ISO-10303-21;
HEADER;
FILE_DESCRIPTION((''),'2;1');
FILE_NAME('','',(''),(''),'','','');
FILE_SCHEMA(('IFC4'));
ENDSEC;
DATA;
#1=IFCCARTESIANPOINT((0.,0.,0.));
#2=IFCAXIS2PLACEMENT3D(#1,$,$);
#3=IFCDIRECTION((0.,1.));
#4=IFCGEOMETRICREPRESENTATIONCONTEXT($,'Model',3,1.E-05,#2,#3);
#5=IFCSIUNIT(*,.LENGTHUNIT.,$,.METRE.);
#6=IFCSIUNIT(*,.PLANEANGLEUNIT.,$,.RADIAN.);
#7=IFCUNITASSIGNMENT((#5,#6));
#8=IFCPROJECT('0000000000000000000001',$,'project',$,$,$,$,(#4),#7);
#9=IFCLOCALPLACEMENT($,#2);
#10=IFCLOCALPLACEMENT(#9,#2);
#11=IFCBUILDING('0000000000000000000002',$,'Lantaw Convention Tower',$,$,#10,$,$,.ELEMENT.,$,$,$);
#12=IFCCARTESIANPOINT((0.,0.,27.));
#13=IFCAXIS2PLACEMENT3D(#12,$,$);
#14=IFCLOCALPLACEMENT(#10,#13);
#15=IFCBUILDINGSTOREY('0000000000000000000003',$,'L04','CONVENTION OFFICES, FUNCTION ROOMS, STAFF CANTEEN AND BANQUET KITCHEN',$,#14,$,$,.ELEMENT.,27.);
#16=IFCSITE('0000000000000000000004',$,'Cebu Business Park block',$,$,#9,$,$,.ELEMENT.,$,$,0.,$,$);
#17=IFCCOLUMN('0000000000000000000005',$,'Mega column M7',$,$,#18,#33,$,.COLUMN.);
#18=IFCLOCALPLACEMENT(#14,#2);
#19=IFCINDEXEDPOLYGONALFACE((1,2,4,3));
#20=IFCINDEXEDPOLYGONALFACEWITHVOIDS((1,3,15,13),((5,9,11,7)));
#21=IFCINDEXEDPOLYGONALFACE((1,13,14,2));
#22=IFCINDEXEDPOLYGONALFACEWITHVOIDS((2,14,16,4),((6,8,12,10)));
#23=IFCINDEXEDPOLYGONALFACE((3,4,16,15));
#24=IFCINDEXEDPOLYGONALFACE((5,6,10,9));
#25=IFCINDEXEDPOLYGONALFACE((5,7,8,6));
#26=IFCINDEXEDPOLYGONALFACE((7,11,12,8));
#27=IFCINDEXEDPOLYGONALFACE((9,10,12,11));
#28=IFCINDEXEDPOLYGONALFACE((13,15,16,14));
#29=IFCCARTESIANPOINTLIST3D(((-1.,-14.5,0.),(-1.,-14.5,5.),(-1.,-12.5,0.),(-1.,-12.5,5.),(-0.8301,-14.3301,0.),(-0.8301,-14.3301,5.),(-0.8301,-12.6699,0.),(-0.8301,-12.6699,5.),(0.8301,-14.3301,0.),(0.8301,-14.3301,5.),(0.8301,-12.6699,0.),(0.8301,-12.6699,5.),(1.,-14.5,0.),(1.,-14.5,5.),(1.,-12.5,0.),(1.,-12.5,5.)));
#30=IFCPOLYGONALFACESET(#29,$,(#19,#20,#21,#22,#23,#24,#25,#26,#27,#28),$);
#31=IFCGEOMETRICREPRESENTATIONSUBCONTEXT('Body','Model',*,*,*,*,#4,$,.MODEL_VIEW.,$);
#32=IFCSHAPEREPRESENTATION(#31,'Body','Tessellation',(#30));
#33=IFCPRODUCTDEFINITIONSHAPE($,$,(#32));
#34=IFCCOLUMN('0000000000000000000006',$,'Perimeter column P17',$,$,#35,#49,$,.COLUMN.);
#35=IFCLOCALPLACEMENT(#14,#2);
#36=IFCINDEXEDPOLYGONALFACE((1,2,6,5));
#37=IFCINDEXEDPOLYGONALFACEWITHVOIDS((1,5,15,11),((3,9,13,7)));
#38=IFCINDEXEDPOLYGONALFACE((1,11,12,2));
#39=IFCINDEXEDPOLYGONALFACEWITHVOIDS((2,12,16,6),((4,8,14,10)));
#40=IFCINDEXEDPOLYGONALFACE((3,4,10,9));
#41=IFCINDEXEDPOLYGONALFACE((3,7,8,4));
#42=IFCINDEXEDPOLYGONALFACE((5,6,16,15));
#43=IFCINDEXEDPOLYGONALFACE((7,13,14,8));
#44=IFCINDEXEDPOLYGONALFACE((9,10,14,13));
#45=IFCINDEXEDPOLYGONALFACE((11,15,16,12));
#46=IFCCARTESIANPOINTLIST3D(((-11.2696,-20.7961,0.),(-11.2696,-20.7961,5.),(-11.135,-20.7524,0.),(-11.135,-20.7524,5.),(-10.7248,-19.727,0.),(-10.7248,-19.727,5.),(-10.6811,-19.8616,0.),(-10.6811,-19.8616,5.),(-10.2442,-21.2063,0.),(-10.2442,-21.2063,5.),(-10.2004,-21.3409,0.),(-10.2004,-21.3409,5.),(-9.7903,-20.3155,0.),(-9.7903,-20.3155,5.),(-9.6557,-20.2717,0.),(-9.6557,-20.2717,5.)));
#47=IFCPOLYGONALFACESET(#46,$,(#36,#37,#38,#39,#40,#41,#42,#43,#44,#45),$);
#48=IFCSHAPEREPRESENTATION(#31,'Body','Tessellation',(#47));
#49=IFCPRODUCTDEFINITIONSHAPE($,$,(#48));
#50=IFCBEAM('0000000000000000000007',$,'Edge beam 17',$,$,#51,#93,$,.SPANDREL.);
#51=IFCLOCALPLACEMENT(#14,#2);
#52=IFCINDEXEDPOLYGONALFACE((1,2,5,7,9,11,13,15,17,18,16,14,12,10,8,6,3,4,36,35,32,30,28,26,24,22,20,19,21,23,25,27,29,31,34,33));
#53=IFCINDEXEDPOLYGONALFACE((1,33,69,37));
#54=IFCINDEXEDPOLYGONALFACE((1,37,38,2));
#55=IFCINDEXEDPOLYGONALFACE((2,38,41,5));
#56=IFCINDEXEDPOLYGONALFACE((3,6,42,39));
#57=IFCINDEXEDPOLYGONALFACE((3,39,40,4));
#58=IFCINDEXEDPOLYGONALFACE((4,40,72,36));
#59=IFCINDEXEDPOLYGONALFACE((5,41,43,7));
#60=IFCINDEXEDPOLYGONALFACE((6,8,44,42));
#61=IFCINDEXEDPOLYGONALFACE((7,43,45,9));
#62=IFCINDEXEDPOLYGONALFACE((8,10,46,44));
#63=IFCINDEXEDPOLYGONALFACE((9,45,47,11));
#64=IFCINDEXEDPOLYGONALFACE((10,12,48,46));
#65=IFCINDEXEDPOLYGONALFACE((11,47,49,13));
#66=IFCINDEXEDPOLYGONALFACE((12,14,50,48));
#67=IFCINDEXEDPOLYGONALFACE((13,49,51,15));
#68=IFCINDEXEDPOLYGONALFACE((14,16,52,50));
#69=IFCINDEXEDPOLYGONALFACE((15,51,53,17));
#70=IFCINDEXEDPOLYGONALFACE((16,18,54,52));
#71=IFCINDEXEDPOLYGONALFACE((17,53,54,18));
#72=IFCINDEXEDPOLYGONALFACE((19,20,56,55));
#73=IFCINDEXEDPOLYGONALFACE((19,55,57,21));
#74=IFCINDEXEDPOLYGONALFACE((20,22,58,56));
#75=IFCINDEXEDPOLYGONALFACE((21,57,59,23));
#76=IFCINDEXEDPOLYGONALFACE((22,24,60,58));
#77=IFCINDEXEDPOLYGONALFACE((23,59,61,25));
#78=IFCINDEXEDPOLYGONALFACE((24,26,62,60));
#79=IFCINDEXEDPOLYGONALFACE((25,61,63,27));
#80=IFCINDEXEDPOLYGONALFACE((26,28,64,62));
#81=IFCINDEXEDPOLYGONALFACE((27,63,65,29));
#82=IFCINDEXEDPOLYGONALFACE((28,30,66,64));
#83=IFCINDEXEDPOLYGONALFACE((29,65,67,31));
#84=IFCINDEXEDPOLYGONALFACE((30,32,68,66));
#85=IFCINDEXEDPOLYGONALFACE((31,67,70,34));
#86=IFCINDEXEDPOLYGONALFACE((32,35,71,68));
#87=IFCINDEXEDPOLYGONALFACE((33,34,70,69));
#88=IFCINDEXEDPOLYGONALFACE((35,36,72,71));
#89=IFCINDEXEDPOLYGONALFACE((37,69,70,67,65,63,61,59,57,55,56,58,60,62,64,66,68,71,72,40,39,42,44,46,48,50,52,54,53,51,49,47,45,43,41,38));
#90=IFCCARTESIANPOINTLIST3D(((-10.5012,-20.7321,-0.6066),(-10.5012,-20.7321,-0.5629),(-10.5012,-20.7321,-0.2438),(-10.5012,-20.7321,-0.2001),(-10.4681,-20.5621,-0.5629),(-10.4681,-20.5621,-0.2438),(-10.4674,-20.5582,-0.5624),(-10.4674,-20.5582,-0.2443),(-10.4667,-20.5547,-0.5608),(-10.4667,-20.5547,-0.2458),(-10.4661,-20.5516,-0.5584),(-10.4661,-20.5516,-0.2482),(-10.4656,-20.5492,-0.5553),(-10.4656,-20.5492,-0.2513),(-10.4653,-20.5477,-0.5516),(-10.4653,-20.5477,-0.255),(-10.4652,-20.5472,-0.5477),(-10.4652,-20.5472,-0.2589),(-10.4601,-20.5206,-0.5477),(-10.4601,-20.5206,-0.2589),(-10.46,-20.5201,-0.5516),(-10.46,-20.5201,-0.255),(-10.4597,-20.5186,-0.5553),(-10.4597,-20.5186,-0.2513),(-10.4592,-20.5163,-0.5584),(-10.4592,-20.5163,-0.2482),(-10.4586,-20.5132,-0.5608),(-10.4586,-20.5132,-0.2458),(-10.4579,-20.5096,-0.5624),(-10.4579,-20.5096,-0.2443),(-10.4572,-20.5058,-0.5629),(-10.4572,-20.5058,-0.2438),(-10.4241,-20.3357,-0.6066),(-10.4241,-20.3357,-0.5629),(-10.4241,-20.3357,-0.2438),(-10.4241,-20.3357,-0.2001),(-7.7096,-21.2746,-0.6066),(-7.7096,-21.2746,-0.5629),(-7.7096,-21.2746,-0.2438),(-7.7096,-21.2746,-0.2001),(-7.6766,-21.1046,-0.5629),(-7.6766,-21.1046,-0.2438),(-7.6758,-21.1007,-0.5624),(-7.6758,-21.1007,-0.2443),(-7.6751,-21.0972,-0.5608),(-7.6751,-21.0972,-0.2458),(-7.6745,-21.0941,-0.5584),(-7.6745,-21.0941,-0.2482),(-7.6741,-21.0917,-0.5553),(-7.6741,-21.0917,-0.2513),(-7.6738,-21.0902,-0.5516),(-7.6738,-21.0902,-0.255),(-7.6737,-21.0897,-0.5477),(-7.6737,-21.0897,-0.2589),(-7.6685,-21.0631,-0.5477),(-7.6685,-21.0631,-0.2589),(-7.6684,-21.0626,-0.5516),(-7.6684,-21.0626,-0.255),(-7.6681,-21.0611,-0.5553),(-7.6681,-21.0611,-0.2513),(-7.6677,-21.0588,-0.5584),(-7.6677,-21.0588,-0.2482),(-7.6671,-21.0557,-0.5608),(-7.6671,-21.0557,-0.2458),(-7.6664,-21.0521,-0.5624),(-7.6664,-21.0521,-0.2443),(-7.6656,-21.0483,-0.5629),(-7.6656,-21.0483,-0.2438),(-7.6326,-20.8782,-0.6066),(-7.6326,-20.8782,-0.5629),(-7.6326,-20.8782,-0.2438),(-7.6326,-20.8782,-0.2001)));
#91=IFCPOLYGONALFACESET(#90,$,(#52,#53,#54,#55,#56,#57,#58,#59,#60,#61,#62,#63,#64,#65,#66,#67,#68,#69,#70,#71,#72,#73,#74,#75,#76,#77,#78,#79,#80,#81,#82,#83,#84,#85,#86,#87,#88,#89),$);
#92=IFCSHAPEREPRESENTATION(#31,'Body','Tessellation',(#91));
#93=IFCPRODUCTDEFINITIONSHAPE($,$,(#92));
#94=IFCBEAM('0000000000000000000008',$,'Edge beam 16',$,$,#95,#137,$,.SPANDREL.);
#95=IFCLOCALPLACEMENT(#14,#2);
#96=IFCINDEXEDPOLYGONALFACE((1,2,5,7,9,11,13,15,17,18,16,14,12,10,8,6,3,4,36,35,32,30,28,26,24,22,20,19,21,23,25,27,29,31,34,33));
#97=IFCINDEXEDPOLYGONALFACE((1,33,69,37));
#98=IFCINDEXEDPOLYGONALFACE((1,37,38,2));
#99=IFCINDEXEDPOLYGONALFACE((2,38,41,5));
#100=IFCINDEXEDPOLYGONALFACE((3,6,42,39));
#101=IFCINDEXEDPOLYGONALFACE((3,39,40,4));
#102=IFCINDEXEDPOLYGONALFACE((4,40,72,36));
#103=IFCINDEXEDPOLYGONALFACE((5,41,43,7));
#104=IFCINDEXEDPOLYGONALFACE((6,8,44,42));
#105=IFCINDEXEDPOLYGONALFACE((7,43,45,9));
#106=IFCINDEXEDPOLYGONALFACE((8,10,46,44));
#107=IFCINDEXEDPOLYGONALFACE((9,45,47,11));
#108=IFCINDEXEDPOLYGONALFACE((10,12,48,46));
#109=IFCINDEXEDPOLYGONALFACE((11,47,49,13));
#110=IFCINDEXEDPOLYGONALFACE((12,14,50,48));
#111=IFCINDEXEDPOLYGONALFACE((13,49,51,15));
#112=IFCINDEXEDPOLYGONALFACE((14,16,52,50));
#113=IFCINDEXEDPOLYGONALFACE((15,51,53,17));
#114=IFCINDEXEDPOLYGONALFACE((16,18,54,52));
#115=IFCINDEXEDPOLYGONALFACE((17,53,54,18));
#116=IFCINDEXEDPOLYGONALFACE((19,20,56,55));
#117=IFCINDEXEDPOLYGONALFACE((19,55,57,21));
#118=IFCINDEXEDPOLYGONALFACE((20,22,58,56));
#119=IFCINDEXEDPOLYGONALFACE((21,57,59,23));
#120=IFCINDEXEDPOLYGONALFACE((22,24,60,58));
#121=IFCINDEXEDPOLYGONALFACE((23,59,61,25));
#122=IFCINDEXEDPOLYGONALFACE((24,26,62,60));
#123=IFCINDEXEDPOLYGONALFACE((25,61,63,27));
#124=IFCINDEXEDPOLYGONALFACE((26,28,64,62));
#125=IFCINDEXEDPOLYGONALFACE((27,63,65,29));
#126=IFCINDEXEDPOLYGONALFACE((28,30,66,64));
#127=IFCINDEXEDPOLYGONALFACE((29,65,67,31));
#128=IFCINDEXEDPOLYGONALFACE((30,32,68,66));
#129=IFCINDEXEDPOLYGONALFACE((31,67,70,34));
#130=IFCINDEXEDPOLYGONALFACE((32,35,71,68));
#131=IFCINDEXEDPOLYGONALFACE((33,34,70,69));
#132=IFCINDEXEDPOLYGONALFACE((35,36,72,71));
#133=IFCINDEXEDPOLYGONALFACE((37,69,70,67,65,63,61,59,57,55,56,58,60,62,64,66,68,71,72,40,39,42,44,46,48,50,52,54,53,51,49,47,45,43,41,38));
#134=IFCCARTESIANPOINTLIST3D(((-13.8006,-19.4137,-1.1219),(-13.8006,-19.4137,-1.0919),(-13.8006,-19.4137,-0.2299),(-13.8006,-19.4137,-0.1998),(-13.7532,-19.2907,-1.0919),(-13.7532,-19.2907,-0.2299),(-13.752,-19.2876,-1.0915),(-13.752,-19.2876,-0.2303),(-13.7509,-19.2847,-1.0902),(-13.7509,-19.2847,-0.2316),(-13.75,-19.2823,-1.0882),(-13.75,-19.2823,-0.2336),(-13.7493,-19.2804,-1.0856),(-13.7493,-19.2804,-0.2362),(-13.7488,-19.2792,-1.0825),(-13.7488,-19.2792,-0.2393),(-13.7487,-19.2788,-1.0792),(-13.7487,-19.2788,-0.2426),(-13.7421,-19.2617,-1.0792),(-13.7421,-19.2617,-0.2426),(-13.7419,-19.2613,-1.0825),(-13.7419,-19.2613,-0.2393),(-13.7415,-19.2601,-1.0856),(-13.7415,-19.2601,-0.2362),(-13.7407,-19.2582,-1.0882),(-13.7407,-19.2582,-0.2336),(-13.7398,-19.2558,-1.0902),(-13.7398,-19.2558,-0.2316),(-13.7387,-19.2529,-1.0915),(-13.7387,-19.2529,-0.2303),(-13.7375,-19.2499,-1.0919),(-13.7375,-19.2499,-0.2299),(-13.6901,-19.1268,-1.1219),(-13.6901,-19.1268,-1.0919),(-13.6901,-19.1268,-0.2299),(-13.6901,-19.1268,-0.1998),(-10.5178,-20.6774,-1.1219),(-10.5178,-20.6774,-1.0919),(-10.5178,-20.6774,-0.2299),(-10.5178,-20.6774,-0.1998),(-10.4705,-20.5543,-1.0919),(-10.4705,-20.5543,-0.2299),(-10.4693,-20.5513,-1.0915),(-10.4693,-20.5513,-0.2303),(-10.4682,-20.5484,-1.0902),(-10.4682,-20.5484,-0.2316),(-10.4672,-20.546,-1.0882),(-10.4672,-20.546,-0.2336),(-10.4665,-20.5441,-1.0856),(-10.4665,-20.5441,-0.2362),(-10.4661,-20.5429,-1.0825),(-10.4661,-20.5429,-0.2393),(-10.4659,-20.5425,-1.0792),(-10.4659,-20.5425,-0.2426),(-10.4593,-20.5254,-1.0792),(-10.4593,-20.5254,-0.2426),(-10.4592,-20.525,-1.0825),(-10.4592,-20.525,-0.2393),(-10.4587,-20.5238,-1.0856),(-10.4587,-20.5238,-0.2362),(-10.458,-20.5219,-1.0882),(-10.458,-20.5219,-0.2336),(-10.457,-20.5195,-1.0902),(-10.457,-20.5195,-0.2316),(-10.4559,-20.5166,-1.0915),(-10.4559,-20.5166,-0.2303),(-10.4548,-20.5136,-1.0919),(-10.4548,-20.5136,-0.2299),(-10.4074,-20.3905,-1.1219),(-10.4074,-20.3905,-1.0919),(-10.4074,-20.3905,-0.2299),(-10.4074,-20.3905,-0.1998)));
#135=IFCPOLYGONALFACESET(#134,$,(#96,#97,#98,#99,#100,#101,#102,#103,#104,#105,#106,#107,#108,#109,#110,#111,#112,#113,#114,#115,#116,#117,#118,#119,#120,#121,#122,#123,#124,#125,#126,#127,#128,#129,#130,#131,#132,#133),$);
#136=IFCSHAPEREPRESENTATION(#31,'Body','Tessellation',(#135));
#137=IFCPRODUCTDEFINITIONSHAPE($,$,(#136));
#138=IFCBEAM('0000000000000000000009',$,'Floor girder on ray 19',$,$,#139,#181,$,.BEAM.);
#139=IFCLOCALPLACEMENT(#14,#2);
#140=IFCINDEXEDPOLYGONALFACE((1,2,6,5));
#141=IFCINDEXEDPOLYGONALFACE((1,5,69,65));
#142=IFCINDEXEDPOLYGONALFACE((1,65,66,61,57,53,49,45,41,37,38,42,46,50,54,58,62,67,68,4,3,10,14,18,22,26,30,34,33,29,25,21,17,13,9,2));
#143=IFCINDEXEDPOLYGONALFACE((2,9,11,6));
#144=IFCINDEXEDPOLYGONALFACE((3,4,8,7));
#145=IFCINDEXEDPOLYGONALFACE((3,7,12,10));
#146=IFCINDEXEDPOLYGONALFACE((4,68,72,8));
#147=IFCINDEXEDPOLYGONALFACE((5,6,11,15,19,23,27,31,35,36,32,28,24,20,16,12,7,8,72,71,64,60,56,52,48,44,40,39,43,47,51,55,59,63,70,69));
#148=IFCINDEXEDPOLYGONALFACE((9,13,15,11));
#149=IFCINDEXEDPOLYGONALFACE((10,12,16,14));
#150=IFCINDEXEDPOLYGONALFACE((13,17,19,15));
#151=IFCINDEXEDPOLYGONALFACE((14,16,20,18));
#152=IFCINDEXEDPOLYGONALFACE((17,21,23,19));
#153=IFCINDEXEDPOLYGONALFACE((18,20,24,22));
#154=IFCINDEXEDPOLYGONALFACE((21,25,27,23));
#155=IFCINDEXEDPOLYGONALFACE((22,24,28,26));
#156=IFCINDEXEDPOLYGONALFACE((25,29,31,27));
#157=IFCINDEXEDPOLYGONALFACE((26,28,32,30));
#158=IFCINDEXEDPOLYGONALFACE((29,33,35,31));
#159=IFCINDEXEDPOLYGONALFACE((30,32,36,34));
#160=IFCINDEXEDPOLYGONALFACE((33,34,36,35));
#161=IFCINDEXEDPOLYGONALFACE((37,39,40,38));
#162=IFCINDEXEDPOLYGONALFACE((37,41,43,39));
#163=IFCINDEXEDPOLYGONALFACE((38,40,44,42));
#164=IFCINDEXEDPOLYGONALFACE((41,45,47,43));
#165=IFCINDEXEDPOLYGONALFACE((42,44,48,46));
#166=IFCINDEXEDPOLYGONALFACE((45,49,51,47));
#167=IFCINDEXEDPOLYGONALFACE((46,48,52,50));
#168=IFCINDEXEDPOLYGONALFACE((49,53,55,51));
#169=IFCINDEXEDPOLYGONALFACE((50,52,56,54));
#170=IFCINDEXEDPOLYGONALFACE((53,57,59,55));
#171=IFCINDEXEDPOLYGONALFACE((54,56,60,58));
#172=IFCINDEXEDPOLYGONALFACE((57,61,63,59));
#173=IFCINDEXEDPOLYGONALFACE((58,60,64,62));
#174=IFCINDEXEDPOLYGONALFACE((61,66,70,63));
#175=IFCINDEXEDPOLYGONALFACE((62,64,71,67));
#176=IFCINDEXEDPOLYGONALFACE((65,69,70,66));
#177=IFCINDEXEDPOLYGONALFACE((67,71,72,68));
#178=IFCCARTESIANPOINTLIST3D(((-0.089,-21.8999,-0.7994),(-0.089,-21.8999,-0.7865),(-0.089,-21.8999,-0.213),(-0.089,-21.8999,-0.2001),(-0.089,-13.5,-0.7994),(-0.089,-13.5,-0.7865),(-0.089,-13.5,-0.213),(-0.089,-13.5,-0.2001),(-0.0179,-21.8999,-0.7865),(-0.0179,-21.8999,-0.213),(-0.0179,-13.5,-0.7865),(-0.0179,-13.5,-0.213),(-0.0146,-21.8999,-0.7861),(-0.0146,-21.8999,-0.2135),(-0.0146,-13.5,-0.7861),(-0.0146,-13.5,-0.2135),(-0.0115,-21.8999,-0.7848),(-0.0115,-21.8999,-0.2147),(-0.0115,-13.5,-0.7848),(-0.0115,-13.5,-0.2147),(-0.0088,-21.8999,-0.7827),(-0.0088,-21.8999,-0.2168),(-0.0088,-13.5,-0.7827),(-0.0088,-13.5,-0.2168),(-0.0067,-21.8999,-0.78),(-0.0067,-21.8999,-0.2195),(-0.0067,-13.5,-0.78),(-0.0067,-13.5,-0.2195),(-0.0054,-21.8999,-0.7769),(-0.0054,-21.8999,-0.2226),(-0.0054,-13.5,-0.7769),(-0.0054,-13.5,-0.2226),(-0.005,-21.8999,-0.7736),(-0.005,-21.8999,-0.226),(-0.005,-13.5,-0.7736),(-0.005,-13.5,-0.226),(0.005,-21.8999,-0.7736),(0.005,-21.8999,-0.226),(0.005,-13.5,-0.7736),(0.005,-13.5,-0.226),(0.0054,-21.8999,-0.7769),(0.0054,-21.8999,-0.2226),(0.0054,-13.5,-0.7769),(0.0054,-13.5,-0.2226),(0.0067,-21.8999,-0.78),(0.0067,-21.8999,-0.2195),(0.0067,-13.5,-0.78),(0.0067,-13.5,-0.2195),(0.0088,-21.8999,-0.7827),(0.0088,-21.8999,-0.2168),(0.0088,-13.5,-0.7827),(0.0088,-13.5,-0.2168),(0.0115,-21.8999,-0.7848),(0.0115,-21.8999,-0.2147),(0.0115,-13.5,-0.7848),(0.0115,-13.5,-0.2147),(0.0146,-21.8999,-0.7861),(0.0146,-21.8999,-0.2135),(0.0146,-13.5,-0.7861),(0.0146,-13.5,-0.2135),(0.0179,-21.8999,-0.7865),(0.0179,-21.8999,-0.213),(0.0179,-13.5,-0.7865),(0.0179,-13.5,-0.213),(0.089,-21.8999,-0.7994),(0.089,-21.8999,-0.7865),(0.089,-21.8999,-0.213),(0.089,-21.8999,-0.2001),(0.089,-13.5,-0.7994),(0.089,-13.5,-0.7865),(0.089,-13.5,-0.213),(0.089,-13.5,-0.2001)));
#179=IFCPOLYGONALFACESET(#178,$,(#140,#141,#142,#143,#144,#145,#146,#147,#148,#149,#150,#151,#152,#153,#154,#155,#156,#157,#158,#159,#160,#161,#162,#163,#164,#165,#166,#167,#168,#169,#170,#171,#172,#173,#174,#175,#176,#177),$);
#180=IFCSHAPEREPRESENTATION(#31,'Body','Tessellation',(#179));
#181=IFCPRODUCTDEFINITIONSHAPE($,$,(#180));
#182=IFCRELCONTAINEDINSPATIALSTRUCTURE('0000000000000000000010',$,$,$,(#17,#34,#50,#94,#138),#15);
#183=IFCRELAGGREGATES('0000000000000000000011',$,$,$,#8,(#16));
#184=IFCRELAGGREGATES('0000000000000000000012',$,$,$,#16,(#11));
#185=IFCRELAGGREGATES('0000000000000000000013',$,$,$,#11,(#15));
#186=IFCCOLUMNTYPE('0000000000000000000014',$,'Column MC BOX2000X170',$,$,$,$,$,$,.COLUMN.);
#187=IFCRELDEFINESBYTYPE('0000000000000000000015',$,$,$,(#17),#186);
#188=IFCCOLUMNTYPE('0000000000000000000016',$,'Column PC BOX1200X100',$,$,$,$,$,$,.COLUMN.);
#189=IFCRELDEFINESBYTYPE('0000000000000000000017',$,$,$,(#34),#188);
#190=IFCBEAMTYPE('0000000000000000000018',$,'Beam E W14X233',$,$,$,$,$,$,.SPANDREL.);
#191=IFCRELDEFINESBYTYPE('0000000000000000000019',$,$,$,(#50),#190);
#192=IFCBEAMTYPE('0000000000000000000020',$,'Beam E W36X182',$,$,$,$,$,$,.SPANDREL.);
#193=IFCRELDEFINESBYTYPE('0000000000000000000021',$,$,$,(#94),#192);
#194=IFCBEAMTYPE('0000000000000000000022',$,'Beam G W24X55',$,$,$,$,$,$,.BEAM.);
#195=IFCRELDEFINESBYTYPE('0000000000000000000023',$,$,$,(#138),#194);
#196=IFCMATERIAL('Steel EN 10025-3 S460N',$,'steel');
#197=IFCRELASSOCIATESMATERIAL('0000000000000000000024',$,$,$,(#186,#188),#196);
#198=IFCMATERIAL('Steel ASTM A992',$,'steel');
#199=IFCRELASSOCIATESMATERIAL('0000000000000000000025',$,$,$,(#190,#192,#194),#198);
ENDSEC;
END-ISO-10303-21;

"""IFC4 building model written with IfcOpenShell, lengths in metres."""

from ifc_helpers import new_model, si_unit, direction, frame, origin, origin_2d, place, context, subcontext, project, spatial, rectangle, hollow_rectangle, i_section, extrude, material, material_profile, profile_set, type_object, element, save


model = new_model("IFC4")

# Units and contexts
model_context = context("Model", 3, precision=1e-05, world=origin(), true_north=direction((0.0, 1.0)))
body_context = subcontext(model_context, "Body", "Model", "MODEL_VIEW")
ifc_project = project(units=[si_unit("LENGTHUNIT", "METRE"), si_unit("PLANEANGLEUNIT", "RADIAN")], contexts=[model_context])

# Site, building, storey
site_placement = place(None, origin())
site = spatial("IfcSite", under=ifc_project, at=site_placement, Name="Cebu Business Park block", CompositionType="ELEMENT", RefElevation=0.0)
building_placement = place(site_placement, origin())
building = spatial("IfcBuilding", under=site, at=building_placement, Name="Lantaw Convention Tower", CompositionType="ELEMENT")
storey_placement = place(building_placement, frame((0.0, 0.0, 27.0)))
storey = spatial("IfcBuildingStorey", under=building, at=storey_placement, Name="L04", Description="CONVENTION OFFICES, FUNCTION ROOMS, STAFF CANTEEN AND BANQUET KITCHEN", CompositionType="ELEMENT", Elevation=27.0)

# Columns
ifc_material_1 = material(Name="Steel EN 10025-3 S460N", Category="steel")
ifc_material_profile_1 = material_profile(ifc_material_1, hollow_rectangle(XDim=2.0, YDim=2.0, WallThickness=0.1699, at=origin_2d()), Name="BOX2000X170")
ifc_material_2 = material(Name="Concrete C60/75", Category="concrete")
ifc_material_profile_2 = material_profile(ifc_material_2, rectangle(XDim=1.6599, YDim=1.6599, at=origin_2d()), Name="Concrete fill of BOX2000X170")
ifc_profile_set_1 = profile_set([ifc_material_profile_1, ifc_material_profile_2], Name="Steel EN 10025-3 S460N")
column_type_1 = type_object("IfcColumnType", Name="Column MC BOX2000X170", PredefinedType="COLUMN", material=ifc_profile_set_1)
column_1_placement = place(storey_placement, frame((0.0, -13.5, 0.0), z_axis=(0.0, 0.0, 1.0), x_axis=(1.0, 0.0, 0.0)))
element("IfcColumn", 1, at=column_1_placement, inside=storey, type_object=column_type_1, Name="Mega column M7", PredefinedType="COLUMN", context=body_context, shape_type="SweptSolid", body=[
    extrude(hollow_rectangle(XDim=2.0, YDim=2.0, WallThickness=0.1699, at=origin_2d()), origin(), (0.0, 0.0, 1.0), 5.0),
])
ifc_material_profile_3 = material_profile(ifc_material_1, hollow_rectangle(XDim=1.2, YDim=1.2, WallThickness=0.1001, at=origin_2d()), Name="BOX1200X100")
ifc_material_profile_4 = material_profile(ifc_material_2, rectangle(XDim=1.0, YDim=1.0, at=origin_2d()), Name="Concrete fill of BOX1200X100")
ifc_profile_set_2 = profile_set([ifc_material_profile_3, ifc_material_profile_4], Name="Steel EN 10025-3 S460N")
column_type_2 = type_object("IfcColumnType", Name="Column PC BOX1200X100", PredefinedType="COLUMN", material=ifc_profile_set_2)
column_2_placement = place(storey_placement, frame((-10.4626, -20.5339, 0.0), z_axis=(0.0, 0.0, 1.0), x_axis=(0.45399, 0.891007, 0.0)))
element("IfcColumn", 2, at=column_2_placement, inside=storey, type_object=column_type_2, Name="Perimeter column P17", PredefinedType="COLUMN", context=body_context, shape_type="SweptSolid", body=[
    extrude(hollow_rectangle(XDim=1.2, YDim=1.2, WallThickness=0.1001, at=origin_2d()), origin(), (0.0, 0.0, 1.0), 5.0),
])

# Beams
ifc_material_3 = material(Name="Steel ASTM A992", Category="steel")
ifc_material_profile_5 = material_profile(ifc_material_3, i_section(OverallWidth=0.4038, OverallDepth=0.4065, WebThickness=0.0271, FlangeThickness=0.0437, FilletRadius=0.0151, at=origin_2d()), Name="W14X233")
ifc_profile_set_3 = profile_set([ifc_material_profile_5], Name="Steel ASTM A992")
beam_type_1 = type_object("IfcBeamType", Name="Beam E W14X233", PredefinedType="SPANDREL", material=ifc_profile_set_3)
beam_1_placement = place(storey_placement, frame((-10.4626, -20.5339, -0.4033), z_axis=(0.981636, -0.190764, 0.0), x_axis=(0.190764, 0.981636, 0.0)))
element("IfcBeam", 3, at=beam_1_placement, inside=storey, type_object=beam_type_1, Name="Edge beam 17", PredefinedType="SPANDREL", context=body_context, shape_type="SweptSolid", body=[
    extrude(i_section(OverallWidth=0.4038, OverallDepth=0.4065, WebThickness=0.0271, FlangeThickness=0.0437, FilletRadius=0.0151, at=origin_2d()), origin(), (0.0, 0.0, 1.0), 2.8438),
])
ifc_material_profile_6 = material_profile(ifc_material_3, i_section(OverallWidth=0.3074, OverallDepth=0.9221, WebThickness=0.0183, FlangeThickness=0.03, FilletRadius=0.0127, at=origin_2d()), Name="W36X182")
ifc_profile_set_4 = profile_set([ifc_material_profile_6], Name="Steel ASTM A992")
beam_type_2 = type_object("IfcBeamType", Name="Beam E W36X182", PredefinedType="SPANDREL", material=ifc_profile_set_4)
beam_2_placement = place(storey_placement, frame((-13.7454, -19.2703, -0.6609), z_axis=(0.933242, -0.359249, 0.0), x_axis=(0.359249, 0.933242, 0.0)))
element("IfcBeam", 4, at=beam_2_placement, inside=storey, type_object=beam_type_2, Name="Edge beam 16", PredefinedType="SPANDREL", context=body_context, shape_type="SweptSolid", body=[
    extrude(i_section(OverallWidth=0.3074, OverallDepth=0.9221, WebThickness=0.0183, FlangeThickness=0.03, FilletRadius=0.0127, at=origin_2d()), origin(), (0.0, 0.0, 1.0), 3.5176),
])
ifc_material_profile_7 = material_profile(ifc_material_3, i_section(OverallWidth=0.178, OverallDepth=0.5994, WebThickness=0.01, FlangeThickness=0.0129, FilletRadius=0.0129, at=origin_2d()), Name="W24X55")
ifc_profile_set_5 = profile_set([ifc_material_profile_7], Name="Steel ASTM A992")
beam_type_3 = type_object("IfcBeamType", Name="Beam G W24X55", PredefinedType="BEAM", material=ifc_profile_set_5)
beam_3_placement = place(storey_placement, frame((0.0, -13.5, -0.4998), z_axis=(0.0, -1.0, 0.0), x_axis=(1.0, 0.0, 0.0)))
element("IfcBeam", 5, at=beam_3_placement, inside=storey, type_object=beam_type_3, Name="Floor girder on ray 19", PredefinedType="BEAM", context=body_context, shape_type="SweptSolid", body=[
    extrude(i_section(OverallWidth=0.178, OverallDepth=0.5994, WebThickness=0.01, FlangeThickness=0.0129, FilletRadius=0.0129, at=origin_2d()), origin(), (0.0, 0.0, 1.0), 8.3999),
])

save(model, "model.ifc")
